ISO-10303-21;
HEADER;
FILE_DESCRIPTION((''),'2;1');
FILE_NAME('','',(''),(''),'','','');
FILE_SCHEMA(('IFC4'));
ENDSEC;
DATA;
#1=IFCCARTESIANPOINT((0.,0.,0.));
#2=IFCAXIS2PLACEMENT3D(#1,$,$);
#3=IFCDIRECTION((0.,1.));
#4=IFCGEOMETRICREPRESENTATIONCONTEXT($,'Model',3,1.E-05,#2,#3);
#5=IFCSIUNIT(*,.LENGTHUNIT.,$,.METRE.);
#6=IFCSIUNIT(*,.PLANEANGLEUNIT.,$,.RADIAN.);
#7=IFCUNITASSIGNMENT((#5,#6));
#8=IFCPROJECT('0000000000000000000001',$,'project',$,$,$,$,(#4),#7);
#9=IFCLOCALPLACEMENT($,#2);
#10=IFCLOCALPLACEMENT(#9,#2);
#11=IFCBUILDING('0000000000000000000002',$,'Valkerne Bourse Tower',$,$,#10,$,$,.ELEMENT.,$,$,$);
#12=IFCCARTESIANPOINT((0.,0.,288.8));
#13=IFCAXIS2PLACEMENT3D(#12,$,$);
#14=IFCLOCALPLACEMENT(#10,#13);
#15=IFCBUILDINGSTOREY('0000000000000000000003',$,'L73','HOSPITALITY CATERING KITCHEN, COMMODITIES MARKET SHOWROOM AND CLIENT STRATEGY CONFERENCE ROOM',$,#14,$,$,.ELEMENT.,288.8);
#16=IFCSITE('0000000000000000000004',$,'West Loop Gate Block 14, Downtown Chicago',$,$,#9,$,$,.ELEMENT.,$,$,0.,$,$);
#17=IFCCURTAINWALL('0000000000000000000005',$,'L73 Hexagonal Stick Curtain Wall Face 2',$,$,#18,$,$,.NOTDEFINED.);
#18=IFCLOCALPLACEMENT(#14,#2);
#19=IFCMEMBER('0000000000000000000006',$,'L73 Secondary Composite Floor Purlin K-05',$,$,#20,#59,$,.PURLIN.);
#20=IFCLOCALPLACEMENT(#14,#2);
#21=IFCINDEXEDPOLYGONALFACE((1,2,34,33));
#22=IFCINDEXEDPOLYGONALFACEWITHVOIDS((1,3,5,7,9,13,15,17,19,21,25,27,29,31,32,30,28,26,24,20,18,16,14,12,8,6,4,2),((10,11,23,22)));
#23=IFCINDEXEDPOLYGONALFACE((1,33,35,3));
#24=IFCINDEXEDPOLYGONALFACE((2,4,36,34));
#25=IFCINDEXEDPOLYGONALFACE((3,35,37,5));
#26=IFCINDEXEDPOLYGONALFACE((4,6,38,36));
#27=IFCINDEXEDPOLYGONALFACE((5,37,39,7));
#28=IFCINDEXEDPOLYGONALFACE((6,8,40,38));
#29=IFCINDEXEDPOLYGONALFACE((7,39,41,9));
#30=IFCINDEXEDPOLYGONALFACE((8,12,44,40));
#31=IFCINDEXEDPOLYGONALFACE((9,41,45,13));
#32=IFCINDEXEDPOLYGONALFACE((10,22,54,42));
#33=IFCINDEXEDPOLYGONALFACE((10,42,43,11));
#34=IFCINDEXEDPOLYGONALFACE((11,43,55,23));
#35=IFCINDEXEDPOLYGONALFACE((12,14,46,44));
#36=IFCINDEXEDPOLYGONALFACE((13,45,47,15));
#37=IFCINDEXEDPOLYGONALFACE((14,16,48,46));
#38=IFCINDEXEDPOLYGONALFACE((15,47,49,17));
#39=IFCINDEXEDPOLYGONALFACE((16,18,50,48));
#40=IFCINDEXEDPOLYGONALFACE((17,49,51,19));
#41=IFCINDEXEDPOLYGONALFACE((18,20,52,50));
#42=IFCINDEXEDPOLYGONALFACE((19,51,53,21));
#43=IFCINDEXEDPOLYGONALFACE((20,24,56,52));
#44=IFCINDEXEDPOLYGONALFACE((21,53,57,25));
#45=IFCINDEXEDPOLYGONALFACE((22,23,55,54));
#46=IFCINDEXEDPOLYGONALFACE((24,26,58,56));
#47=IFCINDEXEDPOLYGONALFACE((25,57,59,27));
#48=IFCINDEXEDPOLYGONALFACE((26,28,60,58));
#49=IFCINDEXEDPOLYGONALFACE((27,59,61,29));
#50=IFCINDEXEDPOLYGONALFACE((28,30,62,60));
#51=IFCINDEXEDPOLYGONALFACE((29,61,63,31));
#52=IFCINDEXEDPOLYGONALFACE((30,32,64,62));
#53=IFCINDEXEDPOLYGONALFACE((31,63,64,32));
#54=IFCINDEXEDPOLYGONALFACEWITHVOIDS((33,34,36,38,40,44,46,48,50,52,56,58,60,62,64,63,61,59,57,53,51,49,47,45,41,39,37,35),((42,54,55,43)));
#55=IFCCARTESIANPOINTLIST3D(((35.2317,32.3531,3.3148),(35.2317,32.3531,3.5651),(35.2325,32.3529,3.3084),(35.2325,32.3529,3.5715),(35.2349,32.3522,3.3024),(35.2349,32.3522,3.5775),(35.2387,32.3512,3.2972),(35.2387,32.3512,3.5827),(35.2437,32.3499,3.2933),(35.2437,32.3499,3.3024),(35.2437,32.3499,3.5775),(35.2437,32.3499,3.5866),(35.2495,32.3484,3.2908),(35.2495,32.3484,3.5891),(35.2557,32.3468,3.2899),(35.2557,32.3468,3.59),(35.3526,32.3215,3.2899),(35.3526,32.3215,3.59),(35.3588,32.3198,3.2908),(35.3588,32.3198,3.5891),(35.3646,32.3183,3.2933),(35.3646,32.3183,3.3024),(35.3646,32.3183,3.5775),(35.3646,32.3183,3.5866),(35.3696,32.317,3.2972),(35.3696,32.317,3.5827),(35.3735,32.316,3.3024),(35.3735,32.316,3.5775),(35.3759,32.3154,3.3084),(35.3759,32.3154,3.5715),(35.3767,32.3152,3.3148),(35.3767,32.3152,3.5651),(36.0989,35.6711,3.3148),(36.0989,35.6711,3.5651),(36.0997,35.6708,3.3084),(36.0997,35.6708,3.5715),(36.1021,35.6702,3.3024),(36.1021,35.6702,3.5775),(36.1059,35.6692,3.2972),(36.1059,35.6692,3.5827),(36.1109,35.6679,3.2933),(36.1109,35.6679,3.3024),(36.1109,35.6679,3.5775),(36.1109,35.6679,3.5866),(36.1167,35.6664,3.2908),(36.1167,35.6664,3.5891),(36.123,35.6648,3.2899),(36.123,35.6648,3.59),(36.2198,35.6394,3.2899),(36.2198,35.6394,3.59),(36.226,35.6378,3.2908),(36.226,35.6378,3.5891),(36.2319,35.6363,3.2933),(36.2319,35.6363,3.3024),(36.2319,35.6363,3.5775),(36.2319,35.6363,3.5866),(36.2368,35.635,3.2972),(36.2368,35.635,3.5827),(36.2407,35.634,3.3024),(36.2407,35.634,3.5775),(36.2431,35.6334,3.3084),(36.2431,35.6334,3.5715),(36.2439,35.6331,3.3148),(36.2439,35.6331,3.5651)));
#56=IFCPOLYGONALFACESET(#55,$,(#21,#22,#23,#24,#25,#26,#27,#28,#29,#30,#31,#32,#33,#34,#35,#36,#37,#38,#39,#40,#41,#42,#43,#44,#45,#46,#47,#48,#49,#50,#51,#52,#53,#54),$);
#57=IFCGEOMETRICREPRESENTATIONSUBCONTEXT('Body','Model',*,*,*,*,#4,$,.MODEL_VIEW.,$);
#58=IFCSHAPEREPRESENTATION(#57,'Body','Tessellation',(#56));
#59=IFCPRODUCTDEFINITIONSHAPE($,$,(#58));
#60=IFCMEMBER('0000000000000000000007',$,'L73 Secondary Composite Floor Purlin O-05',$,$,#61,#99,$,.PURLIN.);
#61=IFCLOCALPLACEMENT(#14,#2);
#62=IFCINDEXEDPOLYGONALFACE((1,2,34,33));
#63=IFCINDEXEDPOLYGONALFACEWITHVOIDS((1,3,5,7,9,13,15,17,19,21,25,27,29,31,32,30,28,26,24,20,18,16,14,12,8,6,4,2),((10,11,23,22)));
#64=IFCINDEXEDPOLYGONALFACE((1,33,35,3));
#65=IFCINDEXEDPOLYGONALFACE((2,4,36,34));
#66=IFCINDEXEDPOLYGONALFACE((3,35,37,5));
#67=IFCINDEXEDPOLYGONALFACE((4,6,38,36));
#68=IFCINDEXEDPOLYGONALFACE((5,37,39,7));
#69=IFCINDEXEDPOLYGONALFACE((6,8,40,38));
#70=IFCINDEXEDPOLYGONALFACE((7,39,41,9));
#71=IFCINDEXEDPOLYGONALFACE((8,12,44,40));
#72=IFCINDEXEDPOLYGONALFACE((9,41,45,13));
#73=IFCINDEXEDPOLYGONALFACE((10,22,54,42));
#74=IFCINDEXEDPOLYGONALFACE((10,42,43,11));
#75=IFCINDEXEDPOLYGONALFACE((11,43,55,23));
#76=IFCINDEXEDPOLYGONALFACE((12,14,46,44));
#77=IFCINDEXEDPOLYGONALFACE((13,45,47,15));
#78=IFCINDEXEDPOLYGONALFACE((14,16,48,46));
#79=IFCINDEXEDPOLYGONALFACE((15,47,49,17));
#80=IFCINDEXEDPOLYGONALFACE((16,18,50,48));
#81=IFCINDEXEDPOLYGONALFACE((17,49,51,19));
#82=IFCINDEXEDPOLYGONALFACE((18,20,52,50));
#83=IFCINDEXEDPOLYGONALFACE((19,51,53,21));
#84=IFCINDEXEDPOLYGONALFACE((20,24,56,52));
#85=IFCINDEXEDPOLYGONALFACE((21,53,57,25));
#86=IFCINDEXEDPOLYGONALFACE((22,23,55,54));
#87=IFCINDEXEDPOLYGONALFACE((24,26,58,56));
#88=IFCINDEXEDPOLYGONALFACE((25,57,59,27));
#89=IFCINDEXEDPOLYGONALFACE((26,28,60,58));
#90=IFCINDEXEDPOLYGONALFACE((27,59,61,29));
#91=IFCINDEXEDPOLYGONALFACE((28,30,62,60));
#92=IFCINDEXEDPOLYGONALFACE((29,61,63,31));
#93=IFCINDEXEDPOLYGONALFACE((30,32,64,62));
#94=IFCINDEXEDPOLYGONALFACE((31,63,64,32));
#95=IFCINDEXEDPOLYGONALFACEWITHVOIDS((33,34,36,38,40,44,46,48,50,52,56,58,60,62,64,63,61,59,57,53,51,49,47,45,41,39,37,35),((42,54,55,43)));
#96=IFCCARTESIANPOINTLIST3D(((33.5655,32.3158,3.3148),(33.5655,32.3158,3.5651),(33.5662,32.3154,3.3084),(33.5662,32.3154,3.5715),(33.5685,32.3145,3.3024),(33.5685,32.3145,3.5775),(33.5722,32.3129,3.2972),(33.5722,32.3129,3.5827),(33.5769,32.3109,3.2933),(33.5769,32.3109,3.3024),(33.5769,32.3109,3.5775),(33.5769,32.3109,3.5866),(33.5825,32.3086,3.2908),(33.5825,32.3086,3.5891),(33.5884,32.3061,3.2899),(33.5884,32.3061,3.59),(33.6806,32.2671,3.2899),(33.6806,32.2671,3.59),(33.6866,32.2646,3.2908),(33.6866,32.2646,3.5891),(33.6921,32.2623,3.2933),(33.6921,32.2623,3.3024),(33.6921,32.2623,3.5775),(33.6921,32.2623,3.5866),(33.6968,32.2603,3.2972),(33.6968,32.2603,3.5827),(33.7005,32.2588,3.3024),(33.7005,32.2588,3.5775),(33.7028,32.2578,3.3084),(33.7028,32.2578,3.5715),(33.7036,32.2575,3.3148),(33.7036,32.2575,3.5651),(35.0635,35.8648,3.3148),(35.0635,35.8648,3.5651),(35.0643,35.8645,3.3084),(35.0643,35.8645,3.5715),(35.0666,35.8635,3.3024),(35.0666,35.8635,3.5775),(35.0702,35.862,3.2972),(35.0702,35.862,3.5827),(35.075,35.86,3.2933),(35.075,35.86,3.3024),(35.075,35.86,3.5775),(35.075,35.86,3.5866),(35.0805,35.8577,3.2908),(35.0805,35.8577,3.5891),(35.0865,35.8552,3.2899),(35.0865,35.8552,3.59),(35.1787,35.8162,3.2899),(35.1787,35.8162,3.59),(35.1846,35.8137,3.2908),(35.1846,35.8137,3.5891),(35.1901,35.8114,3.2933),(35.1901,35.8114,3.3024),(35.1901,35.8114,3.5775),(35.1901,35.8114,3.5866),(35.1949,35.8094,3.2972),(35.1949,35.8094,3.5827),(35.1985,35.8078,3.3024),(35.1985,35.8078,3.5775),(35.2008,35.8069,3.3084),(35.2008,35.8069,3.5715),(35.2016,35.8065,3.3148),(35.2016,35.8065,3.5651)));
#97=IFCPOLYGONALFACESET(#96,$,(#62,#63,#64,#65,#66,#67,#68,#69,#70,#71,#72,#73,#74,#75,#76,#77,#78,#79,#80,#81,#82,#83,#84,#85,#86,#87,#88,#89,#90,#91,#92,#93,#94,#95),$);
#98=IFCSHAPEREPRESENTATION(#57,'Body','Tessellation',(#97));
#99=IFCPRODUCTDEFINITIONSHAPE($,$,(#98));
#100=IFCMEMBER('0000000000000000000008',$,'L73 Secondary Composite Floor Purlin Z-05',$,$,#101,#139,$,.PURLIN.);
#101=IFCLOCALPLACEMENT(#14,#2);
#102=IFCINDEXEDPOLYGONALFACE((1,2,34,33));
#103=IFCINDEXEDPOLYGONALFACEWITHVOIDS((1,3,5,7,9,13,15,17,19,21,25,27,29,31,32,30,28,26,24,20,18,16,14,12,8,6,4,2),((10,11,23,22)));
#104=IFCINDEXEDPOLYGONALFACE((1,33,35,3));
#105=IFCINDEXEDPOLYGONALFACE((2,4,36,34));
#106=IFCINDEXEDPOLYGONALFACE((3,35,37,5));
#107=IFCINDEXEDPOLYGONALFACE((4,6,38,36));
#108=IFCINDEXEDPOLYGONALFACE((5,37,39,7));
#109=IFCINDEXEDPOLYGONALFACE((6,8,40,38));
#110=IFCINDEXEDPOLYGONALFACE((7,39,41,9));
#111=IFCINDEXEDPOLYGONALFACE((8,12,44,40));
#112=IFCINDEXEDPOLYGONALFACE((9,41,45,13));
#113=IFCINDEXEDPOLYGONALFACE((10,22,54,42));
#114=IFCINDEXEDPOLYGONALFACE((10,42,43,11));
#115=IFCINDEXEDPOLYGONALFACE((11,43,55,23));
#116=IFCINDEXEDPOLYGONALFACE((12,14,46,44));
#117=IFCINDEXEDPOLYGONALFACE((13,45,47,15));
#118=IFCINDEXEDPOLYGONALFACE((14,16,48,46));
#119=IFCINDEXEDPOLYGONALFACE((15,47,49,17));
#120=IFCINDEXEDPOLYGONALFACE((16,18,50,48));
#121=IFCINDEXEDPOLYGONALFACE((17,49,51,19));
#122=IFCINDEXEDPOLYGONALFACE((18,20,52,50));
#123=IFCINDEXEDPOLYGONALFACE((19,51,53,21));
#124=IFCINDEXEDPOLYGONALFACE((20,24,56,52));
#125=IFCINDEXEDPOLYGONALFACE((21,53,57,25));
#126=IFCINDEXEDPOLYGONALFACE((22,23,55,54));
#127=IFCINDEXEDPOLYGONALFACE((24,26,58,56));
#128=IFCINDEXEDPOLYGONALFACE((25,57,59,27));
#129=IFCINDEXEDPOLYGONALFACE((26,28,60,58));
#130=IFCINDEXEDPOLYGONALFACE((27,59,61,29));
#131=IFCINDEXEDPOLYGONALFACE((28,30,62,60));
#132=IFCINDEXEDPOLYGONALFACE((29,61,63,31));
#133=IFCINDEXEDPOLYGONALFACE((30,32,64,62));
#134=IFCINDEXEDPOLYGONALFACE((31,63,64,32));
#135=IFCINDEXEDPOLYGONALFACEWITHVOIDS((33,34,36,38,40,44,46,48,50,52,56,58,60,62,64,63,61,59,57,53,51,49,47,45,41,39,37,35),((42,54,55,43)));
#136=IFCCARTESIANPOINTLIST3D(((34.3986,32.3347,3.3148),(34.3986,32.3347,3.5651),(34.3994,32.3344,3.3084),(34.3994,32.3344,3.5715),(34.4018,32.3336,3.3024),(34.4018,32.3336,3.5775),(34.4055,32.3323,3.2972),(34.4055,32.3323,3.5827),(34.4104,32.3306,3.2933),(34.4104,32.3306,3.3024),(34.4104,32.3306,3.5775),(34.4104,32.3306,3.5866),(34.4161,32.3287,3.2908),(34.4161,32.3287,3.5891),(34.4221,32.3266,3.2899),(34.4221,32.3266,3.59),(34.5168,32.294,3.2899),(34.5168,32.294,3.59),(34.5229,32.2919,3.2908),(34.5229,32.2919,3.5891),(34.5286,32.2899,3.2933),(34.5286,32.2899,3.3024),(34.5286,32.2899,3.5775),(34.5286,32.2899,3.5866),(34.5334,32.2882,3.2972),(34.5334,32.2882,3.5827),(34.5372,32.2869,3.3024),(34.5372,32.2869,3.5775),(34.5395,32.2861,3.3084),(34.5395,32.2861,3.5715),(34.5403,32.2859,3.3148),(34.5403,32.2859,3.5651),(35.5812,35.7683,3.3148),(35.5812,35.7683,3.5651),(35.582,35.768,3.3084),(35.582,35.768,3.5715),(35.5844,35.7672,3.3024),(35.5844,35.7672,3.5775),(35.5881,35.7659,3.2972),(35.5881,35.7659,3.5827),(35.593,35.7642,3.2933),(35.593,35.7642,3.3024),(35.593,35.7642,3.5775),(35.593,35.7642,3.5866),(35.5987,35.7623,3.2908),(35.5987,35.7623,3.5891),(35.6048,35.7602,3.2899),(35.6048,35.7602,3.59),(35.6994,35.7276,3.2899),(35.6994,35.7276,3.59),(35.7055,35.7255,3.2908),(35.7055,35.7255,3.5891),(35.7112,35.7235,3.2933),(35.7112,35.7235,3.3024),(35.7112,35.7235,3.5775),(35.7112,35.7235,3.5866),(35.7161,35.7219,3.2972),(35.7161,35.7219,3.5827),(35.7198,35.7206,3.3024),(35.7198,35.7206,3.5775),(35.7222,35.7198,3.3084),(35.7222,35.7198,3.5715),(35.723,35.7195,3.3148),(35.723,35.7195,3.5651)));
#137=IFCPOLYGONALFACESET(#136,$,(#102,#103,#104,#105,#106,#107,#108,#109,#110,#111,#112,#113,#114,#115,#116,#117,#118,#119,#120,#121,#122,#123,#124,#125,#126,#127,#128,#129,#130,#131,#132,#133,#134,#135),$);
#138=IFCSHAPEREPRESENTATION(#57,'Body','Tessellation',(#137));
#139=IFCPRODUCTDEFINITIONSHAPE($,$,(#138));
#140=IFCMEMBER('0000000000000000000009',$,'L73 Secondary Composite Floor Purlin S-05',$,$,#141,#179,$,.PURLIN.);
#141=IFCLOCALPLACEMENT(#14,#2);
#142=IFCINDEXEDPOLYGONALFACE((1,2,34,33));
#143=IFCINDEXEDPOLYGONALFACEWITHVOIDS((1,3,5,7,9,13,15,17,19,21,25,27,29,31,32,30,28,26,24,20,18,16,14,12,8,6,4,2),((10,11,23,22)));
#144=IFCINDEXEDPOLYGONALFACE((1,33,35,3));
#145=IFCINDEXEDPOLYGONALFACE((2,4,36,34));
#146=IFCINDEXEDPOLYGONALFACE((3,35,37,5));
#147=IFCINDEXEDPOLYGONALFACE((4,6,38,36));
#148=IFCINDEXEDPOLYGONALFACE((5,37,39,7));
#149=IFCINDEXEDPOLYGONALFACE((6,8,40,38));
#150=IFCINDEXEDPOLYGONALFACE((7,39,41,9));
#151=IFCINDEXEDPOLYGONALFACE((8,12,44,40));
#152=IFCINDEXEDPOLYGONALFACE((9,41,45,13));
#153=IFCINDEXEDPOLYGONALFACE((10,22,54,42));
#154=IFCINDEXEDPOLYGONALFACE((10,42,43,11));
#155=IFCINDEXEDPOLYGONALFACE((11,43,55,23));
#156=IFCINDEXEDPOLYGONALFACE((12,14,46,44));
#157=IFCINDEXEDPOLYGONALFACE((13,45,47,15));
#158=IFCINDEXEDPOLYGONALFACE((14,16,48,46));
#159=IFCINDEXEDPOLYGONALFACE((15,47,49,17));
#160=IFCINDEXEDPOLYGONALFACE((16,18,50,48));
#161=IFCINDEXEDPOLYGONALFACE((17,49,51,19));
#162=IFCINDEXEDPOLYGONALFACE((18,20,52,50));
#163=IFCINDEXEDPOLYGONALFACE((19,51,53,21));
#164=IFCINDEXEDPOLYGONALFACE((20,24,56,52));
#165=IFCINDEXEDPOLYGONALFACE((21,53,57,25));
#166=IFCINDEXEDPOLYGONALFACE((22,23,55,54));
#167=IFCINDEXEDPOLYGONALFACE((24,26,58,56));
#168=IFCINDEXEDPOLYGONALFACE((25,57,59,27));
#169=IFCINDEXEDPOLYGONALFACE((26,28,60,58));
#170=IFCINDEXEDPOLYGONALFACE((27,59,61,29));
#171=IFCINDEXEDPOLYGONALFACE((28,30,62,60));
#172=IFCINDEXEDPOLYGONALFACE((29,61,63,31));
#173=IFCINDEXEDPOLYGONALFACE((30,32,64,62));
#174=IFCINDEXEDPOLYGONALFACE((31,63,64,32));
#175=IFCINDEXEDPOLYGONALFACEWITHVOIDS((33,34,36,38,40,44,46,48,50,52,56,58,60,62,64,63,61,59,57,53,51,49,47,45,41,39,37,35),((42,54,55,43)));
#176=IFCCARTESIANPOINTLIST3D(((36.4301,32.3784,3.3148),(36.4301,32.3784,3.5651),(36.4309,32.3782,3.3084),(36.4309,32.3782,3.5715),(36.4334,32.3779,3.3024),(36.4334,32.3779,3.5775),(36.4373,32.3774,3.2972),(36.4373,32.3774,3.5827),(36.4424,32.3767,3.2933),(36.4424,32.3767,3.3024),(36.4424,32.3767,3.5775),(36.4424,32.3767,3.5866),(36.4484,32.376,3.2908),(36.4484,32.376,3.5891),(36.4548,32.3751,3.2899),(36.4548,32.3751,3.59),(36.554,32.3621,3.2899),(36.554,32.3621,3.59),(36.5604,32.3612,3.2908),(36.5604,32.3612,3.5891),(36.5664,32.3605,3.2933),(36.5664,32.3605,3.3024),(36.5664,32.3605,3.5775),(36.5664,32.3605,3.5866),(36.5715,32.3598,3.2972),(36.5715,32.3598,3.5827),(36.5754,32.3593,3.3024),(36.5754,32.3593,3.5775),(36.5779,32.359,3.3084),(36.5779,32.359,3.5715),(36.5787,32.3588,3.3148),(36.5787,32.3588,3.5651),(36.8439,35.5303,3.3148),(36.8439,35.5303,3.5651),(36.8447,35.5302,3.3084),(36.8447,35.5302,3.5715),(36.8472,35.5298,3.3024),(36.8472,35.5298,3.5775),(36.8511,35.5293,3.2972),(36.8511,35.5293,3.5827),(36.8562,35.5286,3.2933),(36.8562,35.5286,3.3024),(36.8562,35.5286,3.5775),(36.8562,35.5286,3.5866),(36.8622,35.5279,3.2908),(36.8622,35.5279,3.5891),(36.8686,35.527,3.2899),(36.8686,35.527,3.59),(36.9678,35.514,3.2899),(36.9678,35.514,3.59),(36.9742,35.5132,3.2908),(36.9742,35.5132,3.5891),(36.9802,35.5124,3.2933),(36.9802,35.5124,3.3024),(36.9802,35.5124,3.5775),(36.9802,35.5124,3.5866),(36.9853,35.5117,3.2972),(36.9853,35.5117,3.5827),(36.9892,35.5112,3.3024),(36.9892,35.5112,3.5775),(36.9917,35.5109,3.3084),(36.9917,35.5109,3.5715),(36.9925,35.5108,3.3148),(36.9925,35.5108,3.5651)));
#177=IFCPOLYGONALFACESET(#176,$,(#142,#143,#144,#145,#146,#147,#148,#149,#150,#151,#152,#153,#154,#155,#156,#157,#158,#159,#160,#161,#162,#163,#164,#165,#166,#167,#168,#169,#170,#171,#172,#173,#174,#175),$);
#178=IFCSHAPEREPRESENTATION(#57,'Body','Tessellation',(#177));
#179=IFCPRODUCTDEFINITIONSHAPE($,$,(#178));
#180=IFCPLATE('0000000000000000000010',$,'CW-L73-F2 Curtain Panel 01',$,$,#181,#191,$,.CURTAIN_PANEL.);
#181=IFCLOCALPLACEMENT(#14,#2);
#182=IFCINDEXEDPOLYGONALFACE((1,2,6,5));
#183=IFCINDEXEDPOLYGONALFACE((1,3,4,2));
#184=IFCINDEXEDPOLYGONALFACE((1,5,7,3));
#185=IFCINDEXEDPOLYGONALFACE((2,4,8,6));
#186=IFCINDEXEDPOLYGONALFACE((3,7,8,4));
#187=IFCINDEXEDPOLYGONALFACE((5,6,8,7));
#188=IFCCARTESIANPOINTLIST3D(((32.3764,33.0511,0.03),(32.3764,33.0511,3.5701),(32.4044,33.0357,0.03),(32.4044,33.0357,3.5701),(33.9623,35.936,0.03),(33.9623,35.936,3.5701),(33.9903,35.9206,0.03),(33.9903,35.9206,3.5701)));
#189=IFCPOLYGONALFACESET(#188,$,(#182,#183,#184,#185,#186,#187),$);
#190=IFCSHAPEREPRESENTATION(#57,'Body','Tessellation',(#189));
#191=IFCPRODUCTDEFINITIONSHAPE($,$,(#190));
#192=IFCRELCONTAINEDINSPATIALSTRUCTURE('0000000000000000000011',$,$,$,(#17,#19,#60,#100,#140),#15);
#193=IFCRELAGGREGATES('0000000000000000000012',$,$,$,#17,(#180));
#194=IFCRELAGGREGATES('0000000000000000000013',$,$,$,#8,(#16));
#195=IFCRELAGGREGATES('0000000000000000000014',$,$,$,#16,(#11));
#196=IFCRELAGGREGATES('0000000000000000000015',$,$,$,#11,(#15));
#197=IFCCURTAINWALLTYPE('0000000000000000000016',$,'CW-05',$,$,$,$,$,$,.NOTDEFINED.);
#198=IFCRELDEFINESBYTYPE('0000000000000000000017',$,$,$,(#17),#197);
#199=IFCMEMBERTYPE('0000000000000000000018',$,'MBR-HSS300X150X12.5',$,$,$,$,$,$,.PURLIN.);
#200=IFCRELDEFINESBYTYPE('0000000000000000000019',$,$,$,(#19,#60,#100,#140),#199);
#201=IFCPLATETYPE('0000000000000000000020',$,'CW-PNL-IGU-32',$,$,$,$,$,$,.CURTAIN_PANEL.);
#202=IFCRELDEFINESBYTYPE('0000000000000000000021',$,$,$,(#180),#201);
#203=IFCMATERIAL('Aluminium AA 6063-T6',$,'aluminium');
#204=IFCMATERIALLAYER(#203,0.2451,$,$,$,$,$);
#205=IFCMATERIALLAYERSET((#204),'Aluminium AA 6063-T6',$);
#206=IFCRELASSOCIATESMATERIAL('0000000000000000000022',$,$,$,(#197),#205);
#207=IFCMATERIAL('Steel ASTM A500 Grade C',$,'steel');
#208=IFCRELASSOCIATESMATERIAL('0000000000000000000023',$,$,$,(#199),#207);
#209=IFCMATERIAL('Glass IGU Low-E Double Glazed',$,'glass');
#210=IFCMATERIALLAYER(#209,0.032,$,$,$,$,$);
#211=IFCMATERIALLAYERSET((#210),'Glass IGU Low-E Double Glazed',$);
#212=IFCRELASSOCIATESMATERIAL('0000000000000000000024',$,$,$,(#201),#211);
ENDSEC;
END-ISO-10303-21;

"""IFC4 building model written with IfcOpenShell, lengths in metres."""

from ifc_helpers import new_model, si_unit, direction, frame, origin, origin_2d, place, context, subcontext, project, spatial, rectangle, hollow_rectangle, extrude, material, layer, layer_set, material_profile, profile_set, type_object, element, aggregate, save


model = new_model("IFC4")

# Units and contexts
model_context = context("Model", 3, precision=1e-05, world=origin(), true_north=direction((0.0, 1.0)))
body_context = subcontext(model_context, "Body", "Model", "MODEL_VIEW")
ifc_project = project(units=[si_unit("LENGTHUNIT", "METRE"), si_unit("PLANEANGLEUNIT", "RADIAN")], contexts=[model_context])

# Site, building, storey
site_placement = place(None, origin())
site = spatial("IfcSite", under=ifc_project, at=site_placement, Name="West Loop Gate Block 14, Downtown Chicago", CompositionType="ELEMENT", RefElevation=0.0)
building_placement = place(site_placement, origin())
building = spatial("IfcBuilding", under=site, at=building_placement, Name="Valkerne Bourse Tower", CompositionType="ELEMENT")
storey_placement = place(building_placement, frame((0.0, 0.0, 288.8)))
storey = spatial("IfcBuildingStorey", under=building, at=storey_placement, Name="L73", Description="HOSPITALITY CATERING KITCHEN, COMMODITIES MARKET SHOWROOM AND CLIENT STRATEGY CONFERENCE ROOM", CompositionType="ELEMENT", Elevation=288.8)

# Curtain wall
ifc_material_1 = material(Name="Aluminium AA 6063-T6", Category="aluminium")
ifc_layer_1 = layer(ifc_material_1, 0.2451)
ifc_layer_set_1 = layer_set([ifc_layer_1], Name="Aluminium AA 6063-T6")
curtain_wall_type = type_object("IfcCurtainWallType", Name="CW-05", PredefinedType="NOTDEFINED", material=ifc_layer_set_1)
curtain_wall_placement = place(storey_placement, origin())
curtain_wall = element("IfcCurtainWall", 1, at=curtain_wall_placement, inside=storey, type_object=curtain_wall_type, Name="L73 Hexagonal Stick Curtain Wall Face 2", PredefinedType="NOTDEFINED")

# Members
ifc_material_2 = material(Name="Steel ASTM A500 Grade C", Category="steel")
ifc_material_profile_1 = material_profile(ifc_material_2, hollow_rectangle(XDim=0.1499, YDim=0.3, WallThickness=0.0125, OuterFilletRadius=0.0249, at=origin_2d()), Name="HSS300X150X12.5")
ifc_profile_set_1 = profile_set([ifc_material_profile_1], Name="Steel ASTM A500 Grade C")
member_type_1 = type_object("IfcMemberType", Name="MBR-HSS300X150X12.5", PredefinedType="PURLIN", material=ifc_profile_set_1)
member_1_placement = place(storey_placement, frame((36.1714, 35.6521, 3.4399), z_axis=(-0.252874, -0.967499, 0.0), x_axis=(0.967499, -0.252874, 0.0)))
element("IfcMember", 2, at=member_1_placement, inside=storey, type_object=member_type_1, Name="L73 Secondary Composite Floor Purlin K-05", PredefinedType="PURLIN", context=body_context, shape_type="SweptSolid", body=[
    extrude(hollow_rectangle(XDim=0.1499, YDim=0.3, WallThickness=0.0125, OuterFilletRadius=0.0249, at=origin_2d()), origin(), (0.0, 0.0, 1.0), 3.4294),
])
member_2_placement = place(storey_placement, frame((35.1326, 35.8357, 3.4399), z_axis=(-0.388873, -0.921291, 0.0), x_axis=(0.921291, -0.388873, 0.0)))
element("IfcMember", 3, at=member_2_placement, inside=storey, type_object=member_type_1, Name="L73 Secondary Composite Floor Purlin O-05", PredefinedType="PURLIN", context=body_context, shape_type="SweptSolid", body=[
    extrude(hollow_rectangle(XDim=0.1499, YDim=0.3, WallThickness=0.0125, OuterFilletRadius=0.0249, at=origin_2d()), origin(), (0.0, 0.0, 1.0), 3.8523),
])
member_3_placement = place(storey_placement, frame((35.6521, 35.7439, 3.4399), z_axis=(-0.325651, -0.94549, 0.0), x_axis=(0.94549, -0.325651, 0.0)))
element("IfcMember", 4, at=member_3_placement, inside=storey, type_object=member_type_1, Name="L73 Secondary Composite Floor Purlin Z-05", PredefinedType="PURLIN", context=body_context, shape_type="SweptSolid", body=[
    extrude(hollow_rectangle(XDim=0.1499, YDim=0.3, WallThickness=0.0125, OuterFilletRadius=0.0249, at=origin_2d()), origin(), (0.0, 0.0, 1.0), 3.6316),
])
member_4_placement = place(storey_placement, frame((36.9182, 35.5205, 3.4399), z_axis=(-0.130176, -0.991491, 0.0), x_axis=(0.991491, -0.130176, 0.0)))
element("IfcMember", 5, at=member_4_placement, inside=storey, type_object=member_type_1, Name="L73 Secondary Composite Floor Purlin S-05", PredefinedType="PURLIN", context=body_context, shape_type="SweptSolid", body=[
    extrude(hollow_rectangle(XDim=0.1499, YDim=0.3, WallThickness=0.0125, OuterFilletRadius=0.0249, at=origin_2d()), origin(), (0.0, 0.0, 1.0), 3.179),
])

# Plate
ifc_material_3 = material(Name="Glass IGU Low-E Double Glazed", Category="glass")
ifc_layer_2 = layer(ifc_material_3, 0.032)
ifc_layer_set_2 = layer_set([ifc_layer_2], Name="Glass IGU Low-E Double Glazed")
plate_type = type_object("IfcPlateType", Name="CW-PNL-IGU-32", PredefinedType="CURTAIN_PANEL", material=ifc_layer_set_2)
plate_1_placement = place(storey_placement, frame((33.1833, 34.4858, 0.03), z_axis=(0.0, 0.0, 1.0), x_axis=(-0.481736, -0.876317, 0.0)))
plate_1 = element("IfcPlate", 6, at=plate_1_placement, type_object=plate_type, Name="CW-L73-F2 Curtain Panel 01", PredefinedType="CURTAIN_PANEL", context=body_context, shape_type="SweptSolid", body=[
    extrude(rectangle(XDim=3.292, YDim=0.032, at=origin_2d()), origin(), (0.0, 0.0, 1.0), 3.54),
])
aggregate(curtain_wall, [plate_1])

save(model, "model.ifc")
